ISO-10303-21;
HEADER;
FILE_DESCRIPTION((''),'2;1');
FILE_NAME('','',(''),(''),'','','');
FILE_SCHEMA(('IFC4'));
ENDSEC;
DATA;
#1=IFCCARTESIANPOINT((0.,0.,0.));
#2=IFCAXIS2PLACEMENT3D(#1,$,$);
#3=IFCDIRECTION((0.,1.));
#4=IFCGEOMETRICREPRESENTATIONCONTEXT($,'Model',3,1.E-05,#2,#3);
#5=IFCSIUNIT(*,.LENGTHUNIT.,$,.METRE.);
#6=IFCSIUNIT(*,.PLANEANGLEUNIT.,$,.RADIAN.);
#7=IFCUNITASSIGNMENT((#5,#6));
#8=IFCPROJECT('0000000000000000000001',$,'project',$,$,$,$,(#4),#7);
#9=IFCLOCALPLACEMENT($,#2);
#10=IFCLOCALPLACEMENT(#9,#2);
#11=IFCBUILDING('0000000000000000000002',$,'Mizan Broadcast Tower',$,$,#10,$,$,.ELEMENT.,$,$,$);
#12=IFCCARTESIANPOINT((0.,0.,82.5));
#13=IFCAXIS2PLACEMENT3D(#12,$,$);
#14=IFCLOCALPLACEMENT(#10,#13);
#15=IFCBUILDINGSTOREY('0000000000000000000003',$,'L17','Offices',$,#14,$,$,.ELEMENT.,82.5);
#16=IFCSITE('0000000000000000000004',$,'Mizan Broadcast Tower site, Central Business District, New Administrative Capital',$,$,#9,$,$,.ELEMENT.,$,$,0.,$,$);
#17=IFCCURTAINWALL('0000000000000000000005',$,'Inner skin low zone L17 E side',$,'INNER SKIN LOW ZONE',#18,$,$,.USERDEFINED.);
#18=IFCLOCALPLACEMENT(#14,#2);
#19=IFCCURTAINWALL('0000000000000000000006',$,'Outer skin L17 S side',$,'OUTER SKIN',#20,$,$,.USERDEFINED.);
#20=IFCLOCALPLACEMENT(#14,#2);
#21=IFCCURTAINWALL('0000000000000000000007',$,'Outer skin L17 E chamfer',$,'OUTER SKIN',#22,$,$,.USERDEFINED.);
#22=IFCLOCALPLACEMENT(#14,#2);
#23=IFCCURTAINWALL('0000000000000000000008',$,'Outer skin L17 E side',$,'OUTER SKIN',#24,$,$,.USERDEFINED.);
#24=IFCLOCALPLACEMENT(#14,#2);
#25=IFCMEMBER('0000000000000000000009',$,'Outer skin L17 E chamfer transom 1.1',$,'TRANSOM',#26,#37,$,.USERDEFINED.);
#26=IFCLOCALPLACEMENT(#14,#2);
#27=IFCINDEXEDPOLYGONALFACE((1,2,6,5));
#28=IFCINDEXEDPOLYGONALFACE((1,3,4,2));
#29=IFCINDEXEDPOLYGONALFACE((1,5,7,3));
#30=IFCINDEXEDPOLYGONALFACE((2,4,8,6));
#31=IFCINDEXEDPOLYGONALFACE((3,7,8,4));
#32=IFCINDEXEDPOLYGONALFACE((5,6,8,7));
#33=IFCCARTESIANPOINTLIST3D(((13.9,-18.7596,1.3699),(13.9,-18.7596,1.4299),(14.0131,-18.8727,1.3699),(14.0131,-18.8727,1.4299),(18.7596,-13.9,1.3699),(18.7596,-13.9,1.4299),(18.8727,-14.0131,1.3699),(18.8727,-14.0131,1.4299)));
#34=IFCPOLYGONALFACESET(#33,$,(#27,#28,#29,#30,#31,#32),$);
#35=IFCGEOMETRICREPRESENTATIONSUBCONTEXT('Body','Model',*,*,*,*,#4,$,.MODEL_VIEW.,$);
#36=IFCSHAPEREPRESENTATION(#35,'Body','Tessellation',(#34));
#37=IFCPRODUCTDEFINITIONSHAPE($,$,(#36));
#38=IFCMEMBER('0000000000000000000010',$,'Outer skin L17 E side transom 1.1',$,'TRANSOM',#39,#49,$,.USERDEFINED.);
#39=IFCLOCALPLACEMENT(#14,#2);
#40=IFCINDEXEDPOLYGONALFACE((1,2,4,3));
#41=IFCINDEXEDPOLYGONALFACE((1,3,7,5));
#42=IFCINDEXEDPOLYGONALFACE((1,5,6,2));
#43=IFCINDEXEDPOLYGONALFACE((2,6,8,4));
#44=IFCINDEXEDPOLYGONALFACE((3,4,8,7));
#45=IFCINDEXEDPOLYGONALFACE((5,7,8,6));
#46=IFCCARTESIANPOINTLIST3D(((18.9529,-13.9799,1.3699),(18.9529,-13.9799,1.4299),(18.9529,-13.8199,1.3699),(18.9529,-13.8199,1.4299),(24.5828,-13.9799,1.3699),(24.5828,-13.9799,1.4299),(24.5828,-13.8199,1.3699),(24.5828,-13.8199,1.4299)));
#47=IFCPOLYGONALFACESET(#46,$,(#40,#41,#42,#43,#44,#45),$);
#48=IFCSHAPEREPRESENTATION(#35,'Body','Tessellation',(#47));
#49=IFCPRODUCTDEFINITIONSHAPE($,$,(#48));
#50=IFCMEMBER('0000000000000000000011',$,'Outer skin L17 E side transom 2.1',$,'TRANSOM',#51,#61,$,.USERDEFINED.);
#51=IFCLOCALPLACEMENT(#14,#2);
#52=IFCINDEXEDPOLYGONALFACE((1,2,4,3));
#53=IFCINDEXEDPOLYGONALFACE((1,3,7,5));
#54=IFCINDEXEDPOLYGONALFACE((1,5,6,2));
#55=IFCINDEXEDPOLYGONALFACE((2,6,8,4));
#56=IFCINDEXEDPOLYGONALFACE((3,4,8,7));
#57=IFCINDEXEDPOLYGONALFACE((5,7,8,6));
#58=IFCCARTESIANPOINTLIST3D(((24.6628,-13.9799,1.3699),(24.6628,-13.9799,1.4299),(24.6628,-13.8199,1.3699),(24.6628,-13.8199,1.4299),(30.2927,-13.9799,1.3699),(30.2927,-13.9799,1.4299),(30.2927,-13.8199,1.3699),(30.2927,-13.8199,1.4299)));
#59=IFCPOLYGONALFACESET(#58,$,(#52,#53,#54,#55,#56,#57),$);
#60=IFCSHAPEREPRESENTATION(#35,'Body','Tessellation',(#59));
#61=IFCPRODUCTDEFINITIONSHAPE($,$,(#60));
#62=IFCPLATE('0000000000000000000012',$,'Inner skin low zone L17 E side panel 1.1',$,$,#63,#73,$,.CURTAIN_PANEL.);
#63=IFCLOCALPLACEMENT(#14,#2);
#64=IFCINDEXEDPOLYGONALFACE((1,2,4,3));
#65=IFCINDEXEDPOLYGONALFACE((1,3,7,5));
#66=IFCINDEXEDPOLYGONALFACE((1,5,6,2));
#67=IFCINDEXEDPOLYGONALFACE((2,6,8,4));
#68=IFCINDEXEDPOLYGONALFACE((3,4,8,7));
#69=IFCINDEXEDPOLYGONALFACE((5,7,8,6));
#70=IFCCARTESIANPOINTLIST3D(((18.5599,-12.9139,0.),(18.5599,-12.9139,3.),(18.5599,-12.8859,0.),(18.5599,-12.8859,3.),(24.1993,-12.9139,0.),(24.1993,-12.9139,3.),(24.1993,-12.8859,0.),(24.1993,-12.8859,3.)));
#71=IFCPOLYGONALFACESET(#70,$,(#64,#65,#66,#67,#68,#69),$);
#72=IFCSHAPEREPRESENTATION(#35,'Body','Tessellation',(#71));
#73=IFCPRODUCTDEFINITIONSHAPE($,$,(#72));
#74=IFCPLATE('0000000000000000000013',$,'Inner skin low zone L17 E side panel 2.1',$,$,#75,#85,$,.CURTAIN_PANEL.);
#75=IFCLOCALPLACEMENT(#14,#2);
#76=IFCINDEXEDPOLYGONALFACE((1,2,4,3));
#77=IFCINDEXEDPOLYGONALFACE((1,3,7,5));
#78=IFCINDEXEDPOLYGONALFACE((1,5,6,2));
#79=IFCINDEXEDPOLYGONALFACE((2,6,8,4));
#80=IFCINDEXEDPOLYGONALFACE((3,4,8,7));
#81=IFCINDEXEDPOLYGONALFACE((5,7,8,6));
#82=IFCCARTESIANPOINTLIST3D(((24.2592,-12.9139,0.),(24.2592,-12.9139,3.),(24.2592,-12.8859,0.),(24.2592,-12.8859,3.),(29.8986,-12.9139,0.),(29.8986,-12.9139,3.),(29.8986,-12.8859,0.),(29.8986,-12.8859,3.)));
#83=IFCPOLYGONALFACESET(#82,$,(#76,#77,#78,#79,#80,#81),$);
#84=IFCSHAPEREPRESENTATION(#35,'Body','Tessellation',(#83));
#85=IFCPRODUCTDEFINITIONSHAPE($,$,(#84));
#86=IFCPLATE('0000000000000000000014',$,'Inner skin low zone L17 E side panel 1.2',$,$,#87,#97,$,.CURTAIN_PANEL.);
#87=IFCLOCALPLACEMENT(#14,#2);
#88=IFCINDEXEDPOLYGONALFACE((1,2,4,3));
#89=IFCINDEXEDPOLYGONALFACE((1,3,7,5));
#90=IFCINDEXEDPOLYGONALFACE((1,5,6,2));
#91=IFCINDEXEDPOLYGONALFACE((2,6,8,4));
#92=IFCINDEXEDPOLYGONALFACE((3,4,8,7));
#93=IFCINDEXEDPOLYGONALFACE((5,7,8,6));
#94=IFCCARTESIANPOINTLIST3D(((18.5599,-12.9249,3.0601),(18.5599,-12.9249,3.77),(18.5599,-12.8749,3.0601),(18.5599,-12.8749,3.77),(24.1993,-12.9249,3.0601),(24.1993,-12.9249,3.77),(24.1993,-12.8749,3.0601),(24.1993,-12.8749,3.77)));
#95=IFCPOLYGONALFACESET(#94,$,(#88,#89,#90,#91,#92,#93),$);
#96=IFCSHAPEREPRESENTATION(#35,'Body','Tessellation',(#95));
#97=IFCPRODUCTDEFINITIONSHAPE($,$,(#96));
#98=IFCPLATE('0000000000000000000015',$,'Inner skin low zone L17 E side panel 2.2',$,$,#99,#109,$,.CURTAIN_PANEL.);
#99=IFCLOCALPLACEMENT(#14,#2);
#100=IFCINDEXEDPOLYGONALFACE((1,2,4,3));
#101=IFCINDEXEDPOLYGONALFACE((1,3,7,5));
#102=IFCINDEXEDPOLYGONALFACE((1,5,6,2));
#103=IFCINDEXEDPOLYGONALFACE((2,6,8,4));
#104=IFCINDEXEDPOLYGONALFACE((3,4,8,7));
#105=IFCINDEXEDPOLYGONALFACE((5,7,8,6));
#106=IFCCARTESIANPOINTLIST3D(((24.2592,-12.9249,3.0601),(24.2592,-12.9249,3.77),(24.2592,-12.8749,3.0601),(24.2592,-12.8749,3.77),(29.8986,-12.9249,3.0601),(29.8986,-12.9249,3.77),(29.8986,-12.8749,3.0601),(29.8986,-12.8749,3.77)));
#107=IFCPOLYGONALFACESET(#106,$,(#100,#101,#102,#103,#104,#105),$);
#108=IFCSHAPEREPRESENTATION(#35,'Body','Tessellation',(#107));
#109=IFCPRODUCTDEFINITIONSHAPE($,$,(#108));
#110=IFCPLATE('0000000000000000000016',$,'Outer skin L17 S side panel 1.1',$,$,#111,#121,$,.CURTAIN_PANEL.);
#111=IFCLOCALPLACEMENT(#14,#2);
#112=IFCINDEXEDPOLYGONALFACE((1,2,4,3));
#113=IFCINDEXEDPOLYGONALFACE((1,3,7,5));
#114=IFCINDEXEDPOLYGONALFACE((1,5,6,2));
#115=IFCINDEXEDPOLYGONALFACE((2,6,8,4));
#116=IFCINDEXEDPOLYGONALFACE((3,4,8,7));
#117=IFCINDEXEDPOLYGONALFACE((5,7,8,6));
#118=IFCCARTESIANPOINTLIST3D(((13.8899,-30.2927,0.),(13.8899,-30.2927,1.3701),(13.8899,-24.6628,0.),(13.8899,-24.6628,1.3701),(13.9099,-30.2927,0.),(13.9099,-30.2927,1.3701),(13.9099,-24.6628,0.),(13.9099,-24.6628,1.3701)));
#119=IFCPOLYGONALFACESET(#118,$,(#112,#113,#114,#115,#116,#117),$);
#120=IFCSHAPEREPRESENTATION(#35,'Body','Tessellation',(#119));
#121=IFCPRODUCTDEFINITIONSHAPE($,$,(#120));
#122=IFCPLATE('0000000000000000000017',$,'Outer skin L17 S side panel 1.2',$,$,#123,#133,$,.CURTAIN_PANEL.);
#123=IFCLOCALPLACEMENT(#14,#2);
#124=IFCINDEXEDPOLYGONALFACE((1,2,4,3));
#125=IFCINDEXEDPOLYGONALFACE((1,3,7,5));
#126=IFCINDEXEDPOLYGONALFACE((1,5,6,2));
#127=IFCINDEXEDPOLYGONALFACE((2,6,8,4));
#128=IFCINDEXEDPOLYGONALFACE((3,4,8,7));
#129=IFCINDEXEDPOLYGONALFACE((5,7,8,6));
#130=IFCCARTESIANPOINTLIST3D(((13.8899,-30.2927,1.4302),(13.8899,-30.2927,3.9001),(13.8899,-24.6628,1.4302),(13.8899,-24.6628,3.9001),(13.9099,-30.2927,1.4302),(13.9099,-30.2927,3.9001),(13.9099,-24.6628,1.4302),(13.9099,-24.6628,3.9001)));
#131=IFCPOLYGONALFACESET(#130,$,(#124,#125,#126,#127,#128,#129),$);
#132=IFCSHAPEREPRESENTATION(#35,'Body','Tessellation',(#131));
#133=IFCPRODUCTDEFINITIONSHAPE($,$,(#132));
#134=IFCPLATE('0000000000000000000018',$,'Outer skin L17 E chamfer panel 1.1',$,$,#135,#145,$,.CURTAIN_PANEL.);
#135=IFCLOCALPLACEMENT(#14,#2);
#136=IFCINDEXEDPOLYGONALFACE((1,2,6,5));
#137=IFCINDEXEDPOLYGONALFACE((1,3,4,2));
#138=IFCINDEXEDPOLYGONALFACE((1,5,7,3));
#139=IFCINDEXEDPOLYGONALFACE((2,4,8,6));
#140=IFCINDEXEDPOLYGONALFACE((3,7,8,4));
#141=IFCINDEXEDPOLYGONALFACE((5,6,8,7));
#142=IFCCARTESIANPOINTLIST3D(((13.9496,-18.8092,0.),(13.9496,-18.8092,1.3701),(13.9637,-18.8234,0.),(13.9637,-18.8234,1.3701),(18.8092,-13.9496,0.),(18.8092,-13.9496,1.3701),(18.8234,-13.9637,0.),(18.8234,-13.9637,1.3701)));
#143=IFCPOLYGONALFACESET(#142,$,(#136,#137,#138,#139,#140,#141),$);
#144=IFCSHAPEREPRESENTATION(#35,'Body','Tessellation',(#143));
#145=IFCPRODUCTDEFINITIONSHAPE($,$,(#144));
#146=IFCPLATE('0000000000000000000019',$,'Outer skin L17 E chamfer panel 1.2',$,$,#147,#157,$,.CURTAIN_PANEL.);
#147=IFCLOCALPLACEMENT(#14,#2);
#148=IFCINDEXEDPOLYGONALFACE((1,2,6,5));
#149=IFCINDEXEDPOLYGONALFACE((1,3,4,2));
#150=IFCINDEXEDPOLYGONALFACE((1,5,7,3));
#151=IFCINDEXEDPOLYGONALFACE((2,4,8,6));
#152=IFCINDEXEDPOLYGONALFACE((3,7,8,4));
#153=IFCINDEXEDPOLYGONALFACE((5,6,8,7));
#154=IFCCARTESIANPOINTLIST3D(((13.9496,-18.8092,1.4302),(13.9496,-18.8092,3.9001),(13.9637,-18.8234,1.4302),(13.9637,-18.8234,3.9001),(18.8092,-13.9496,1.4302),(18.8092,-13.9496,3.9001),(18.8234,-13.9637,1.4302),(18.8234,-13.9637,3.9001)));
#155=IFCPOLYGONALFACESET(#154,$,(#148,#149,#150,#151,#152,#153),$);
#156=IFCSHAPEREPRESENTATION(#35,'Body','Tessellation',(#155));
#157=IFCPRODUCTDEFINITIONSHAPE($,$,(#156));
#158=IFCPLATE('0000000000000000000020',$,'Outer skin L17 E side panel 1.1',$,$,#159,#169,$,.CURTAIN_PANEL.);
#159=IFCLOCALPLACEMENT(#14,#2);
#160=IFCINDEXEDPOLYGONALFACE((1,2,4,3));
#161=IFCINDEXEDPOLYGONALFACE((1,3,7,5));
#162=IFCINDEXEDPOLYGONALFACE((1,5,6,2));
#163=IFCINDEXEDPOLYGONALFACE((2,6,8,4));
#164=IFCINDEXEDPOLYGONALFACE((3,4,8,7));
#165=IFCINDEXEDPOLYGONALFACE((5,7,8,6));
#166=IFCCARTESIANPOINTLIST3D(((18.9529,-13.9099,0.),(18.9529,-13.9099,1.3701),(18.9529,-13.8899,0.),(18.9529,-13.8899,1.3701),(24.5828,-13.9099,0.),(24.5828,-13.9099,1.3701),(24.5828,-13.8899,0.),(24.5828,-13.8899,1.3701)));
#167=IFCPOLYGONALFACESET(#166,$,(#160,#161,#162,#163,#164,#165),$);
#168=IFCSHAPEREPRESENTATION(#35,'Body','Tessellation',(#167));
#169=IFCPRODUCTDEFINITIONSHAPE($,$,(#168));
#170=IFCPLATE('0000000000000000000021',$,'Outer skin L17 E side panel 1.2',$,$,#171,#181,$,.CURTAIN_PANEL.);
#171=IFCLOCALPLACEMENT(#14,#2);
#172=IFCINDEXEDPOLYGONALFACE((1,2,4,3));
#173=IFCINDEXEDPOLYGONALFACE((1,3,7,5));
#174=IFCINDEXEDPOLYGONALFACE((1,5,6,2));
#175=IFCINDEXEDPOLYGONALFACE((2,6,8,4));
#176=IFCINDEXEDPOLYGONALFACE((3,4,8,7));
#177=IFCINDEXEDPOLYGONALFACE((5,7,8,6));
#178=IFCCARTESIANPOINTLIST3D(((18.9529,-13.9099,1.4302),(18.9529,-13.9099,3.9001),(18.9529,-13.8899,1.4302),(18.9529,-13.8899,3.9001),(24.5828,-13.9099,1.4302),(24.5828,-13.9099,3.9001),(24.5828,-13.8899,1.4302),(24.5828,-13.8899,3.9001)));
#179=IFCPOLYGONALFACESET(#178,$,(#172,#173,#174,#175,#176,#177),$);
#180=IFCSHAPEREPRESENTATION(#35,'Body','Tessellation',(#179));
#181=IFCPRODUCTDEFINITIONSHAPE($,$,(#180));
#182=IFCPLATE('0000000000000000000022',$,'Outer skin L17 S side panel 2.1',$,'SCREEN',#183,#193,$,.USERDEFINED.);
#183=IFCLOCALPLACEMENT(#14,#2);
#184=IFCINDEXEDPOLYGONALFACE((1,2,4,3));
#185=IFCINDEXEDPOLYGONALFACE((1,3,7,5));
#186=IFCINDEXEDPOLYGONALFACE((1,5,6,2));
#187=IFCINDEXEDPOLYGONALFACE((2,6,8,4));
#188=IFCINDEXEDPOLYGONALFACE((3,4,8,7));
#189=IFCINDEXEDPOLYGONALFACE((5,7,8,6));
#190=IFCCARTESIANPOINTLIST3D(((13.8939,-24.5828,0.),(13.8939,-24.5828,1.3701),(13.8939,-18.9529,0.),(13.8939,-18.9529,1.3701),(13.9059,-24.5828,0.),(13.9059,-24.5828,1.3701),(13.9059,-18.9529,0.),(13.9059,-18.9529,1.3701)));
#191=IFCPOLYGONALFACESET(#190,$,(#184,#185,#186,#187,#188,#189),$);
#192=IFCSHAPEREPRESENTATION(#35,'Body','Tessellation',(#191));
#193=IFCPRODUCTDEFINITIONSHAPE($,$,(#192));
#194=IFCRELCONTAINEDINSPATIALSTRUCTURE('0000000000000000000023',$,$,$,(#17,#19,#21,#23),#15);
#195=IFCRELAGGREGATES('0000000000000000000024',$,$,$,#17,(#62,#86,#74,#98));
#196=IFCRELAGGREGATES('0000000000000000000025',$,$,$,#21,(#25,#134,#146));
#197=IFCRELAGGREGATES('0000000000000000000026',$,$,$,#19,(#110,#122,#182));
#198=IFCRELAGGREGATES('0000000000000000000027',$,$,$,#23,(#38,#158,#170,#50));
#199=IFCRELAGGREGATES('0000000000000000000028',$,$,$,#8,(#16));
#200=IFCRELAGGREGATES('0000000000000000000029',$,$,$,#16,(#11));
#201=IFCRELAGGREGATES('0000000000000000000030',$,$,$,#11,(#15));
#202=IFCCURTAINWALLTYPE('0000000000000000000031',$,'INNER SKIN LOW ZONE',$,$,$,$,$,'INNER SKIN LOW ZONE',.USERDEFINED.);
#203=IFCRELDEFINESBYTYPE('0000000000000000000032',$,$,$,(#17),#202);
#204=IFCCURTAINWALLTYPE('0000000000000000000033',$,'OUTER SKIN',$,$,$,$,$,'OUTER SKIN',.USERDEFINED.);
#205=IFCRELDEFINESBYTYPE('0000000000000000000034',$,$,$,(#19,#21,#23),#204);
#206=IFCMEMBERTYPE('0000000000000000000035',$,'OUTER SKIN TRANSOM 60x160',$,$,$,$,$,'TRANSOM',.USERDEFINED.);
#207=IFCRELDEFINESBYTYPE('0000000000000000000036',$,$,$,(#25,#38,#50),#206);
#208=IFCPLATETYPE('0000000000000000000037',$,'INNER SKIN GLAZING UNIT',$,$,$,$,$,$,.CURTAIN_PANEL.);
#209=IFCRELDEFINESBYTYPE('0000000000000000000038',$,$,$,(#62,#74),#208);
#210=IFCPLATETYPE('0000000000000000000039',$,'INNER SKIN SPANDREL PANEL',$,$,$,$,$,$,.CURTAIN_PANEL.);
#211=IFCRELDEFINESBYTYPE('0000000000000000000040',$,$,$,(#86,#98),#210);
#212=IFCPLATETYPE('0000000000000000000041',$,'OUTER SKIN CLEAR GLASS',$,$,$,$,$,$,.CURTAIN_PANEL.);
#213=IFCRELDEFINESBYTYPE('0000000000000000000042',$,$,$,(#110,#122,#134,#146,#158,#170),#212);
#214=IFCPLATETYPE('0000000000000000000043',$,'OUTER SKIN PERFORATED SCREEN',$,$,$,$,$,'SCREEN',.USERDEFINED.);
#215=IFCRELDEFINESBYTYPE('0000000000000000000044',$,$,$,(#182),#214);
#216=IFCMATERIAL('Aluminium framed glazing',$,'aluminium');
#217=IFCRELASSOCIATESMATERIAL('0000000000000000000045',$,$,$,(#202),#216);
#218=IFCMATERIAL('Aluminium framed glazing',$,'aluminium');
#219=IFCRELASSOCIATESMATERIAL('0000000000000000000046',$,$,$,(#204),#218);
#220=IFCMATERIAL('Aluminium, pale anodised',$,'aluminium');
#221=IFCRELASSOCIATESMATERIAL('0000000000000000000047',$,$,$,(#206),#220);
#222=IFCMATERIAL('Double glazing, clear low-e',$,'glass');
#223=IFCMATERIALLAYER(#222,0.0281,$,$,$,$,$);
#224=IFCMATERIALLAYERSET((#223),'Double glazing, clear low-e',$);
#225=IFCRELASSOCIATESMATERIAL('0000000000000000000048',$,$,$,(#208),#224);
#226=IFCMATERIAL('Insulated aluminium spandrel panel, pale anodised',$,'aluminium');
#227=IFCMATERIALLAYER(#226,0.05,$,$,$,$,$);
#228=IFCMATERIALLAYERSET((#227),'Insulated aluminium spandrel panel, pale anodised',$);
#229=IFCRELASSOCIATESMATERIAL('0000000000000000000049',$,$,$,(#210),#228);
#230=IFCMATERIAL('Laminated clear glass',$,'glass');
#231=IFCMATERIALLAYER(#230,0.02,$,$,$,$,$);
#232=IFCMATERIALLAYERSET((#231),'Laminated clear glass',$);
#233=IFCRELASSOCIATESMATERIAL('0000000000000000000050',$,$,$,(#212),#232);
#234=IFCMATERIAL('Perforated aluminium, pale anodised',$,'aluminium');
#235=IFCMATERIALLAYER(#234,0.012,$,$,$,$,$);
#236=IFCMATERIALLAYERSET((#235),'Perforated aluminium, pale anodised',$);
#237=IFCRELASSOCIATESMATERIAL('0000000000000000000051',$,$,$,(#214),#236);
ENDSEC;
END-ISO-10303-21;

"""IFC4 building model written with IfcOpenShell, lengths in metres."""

from ifc_helpers import new_model, si_unit, direction, frame, origin, origin_2d, place, context, subcontext, project, spatial, rectangle, extrude, material, layer, layer_set, material_profile, profile_set, type_object, element, aggregate, save


model = new_model("IFC4")

# Units and contexts
model_context = context("Model", 3, precision=1e-05, world=origin(), true_north=direction((0.0, 1.0)))
body_context = subcontext(model_context, "Body", "Model", "MODEL_VIEW")
ifc_project = project(units=[si_unit("LENGTHUNIT", "METRE"), si_unit("PLANEANGLEUNIT", "RADIAN")], contexts=[model_context])

# Site, building, storey
site_placement = place(None, origin())
site = spatial("IfcSite", under=ifc_project, at=site_placement, Name="Mizan Broadcast Tower site, Central Business District, New Administrative Capital", CompositionType="ELEMENT", RefElevation=0.0)
building_placement = place(site_placement, origin())
building = spatial("IfcBuilding", under=site, at=building_placement, Name="Mizan Broadcast Tower", CompositionType="ELEMENT")
storey_placement = place(building_placement, frame((0.0, 0.0, 82.5)))
storey = spatial("IfcBuildingStorey", under=building, at=storey_placement, Name="L17", Description="Offices", CompositionType="ELEMENT", Elevation=82.5)

# Curtain wall
ifc_material_1 = material(Name="Aluminium framed glazing", Category="aluminium")
curtain_wall_type_1 = type_object("IfcCurtainWallType", Name="INNER SKIN LOW ZONE", ElementType="INNER SKIN LOW ZONE", PredefinedType="USERDEFINED", material=ifc_material_1)
curtain_wall_1_placement = place(storey_placement, origin())
curtain_wall_1 = element("IfcCurtainWall", 1, at=curtain_wall_1_placement, inside=storey, type_object=curtain_wall_type_1, Name="Inner skin low zone L17 E side", ObjectType="INNER SKIN LOW ZONE", PredefinedType="USERDEFINED")

# Shared definitions
ifc_material_2 = material(Name="Aluminium framed glazing", Category="aluminium")
curtain_wall_type_2 = type_object("IfcCurtainWallType", Name="OUTER SKIN", ElementType="OUTER SKIN", PredefinedType="USERDEFINED", material=ifc_material_2)

# Curtain wall
curtain_wall_2_placement = place(storey_placement, origin())
curtain_wall_2 = element("IfcCurtainWall", 2, at=curtain_wall_2_placement, inside=storey, type_object=curtain_wall_type_2, Name="Outer skin L17 S side", ObjectType="OUTER SKIN", PredefinedType="USERDEFINED")

# Curtain wall
curtain_wall_3_placement = place(storey_placement, origin())
curtain_wall_3 = element("IfcCurtainWall", 3, at=curtain_wall_3_placement, inside=storey, type_object=curtain_wall_type_2, Name="Outer skin L17 E chamfer", ObjectType="OUTER SKIN", PredefinedType="USERDEFINED")

# Curtain wall
curtain_wall_4_placement = place(storey_placement, origin())
curtain_wall_4 = element("IfcCurtainWall", 4, at=curtain_wall_4_placement, inside=storey, type_object=curtain_wall_type_2, Name="Outer skin L17 E side", ObjectType="OUTER SKIN", PredefinedType="USERDEFINED")

# Shared definitions
ifc_material_3 = material(Name="Aluminium, pale anodised", Category="aluminium")
ifc_material_profile_1 = material_profile(ifc_material_3, rectangle(XDim=0.1599, YDim=0.0601, at=origin_2d()), Name="TRANSOM 160x60")
ifc_profile_set_1 = profile_set([ifc_material_profile_1], Name="Aluminium, pale anodised")
member_type_1 = type_object("IfcMemberType", Name="OUTER SKIN TRANSOM 60x160", ElementType="TRANSOM", PredefinedType="USERDEFINED", material=ifc_profile_set_1)

# Members
member_1_placement = place(storey_placement, frame((13.9565, -18.8162, 1.3999), z_axis=(0.707107, 0.707107, 0.0), x_axis=(-0.707107, 0.707107, 0.0)))
member_1 = element("IfcMember", 5, at=member_1_placement, type_object=member_type_1, Name="Outer skin L17 E chamfer transom 1.1", ObjectType="TRANSOM", PredefinedType="USERDEFINED", context=body_context, shape_type="SweptSolid", body=[
    extrude(rectangle(XDim=0.1599, YDim=0.0601, at=origin_2d()), origin(), (0.0, 0.0, 1.0), 6.8726),
])
member_2_placement = place(storey_placement, frame((18.9529, -13.8999, 1.3999), z_axis=(1.0, 0.0, 0.0), x_axis=(0.0, 1.0, 0.0)))
member_2 = element("IfcMember", 6, at=member_2_placement, type_object=member_type_1, Name="Outer skin L17 E side transom 1.1", ObjectType="TRANSOM", PredefinedType="USERDEFINED", context=body_context, shape_type="SweptSolid", body=[
    extrude(rectangle(XDim=0.1599, YDim=0.0601, at=origin_2d()), origin(), (0.0, 0.0, 1.0), 5.6299),
])
member_3_placement = place(storey_placement, frame((24.6628, -13.8999, 1.3999), z_axis=(1.0, 0.0, 0.0), x_axis=(0.0, 1.0, 0.0)))
member_3 = element("IfcMember", 7, at=member_3_placement, type_object=member_type_1, Name="Outer skin L17 E side transom 2.1", ObjectType="TRANSOM", PredefinedType="USERDEFINED", context=body_context, shape_type="SweptSolid", body=[
    extrude(rectangle(XDim=0.1599, YDim=0.0601, at=origin_2d()), origin(), (0.0, 0.0, 1.0), 5.6299),
])

# Plates
ifc_material_4 = material(Name="Double glazing, clear low-e", Category="glass")
ifc_layer_1 = layer(ifc_material_4, 0.0281)
ifc_layer_set_1 = layer_set([ifc_layer_1], Name="Double glazing, clear low-e")
plate_type_1 = type_object("IfcPlateType", Name="INNER SKIN GLAZING UNIT", PredefinedType="CURTAIN_PANEL", material=ifc_layer_set_1)
plate_1_placement = place(storey_placement, frame((21.3796, -12.8999, 0.0), z_axis=(0.0, 0.0, 1.0), x_axis=(1.0, 0.0, 0.0)))
plate_1 = element("IfcPlate", 8, at=plate_1_placement, type_object=plate_type_1, Name="Inner skin low zone L17 E side panel 1.1", PredefinedType="CURTAIN_PANEL", context=body_context, shape_type="SweptSolid", body=[
    extrude(rectangle(XDim=5.6394, YDim=0.0281, at=origin_2d()), origin(), (0.0, 0.0, 1.0), 3.0),
])
plate_2_placement = place(storey_placement, frame((27.0789, -12.8999, 0.0), z_axis=(0.0, 0.0, 1.0), x_axis=(1.0, 0.0, 0.0)))
plate_2 = element("IfcPlate", 9, at=plate_2_placement, type_object=plate_type_1, Name="Inner skin low zone L17 E side panel 2.1", PredefinedType="CURTAIN_PANEL", context=body_context, shape_type="SweptSolid", body=[
    extrude(rectangle(XDim=5.6394, YDim=0.0281, at=origin_2d()), origin(), (0.0, 0.0, 1.0), 3.0),
])
ifc_material_5 = material(Name="Insulated aluminium spandrel panel, pale anodised", Category="aluminium")
ifc_layer_2 = layer(ifc_material_5, 0.05)
ifc_layer_set_2 = layer_set([ifc_layer_2], Name="Insulated aluminium spandrel panel, pale anodised")
plate_type_2 = type_object("IfcPlateType", Name="INNER SKIN SPANDREL PANEL", PredefinedType="CURTAIN_PANEL", material=ifc_layer_set_2)
plate_3_placement = place(storey_placement, frame((21.3796, -12.8999, 3.0601), z_axis=(0.0, 0.0, 1.0), x_axis=(1.0, 0.0, 0.0)))
plate_3 = element("IfcPlate", 10, at=plate_3_placement, type_object=plate_type_2, Name="Inner skin low zone L17 E side panel 1.2", PredefinedType="CURTAIN_PANEL", context=body_context, shape_type="SweptSolid", body=[
    extrude(rectangle(XDim=5.6394, YDim=0.05, at=origin_2d()), origin(), (0.0, 0.0, 1.0), 0.71),
])
plate_4_placement = place(storey_placement, frame((27.0789, -12.8999, 3.0601), z_axis=(0.0, 0.0, 1.0), x_axis=(1.0, 0.0, 0.0)))
plate_4 = element("IfcPlate", 11, at=plate_4_placement, type_object=plate_type_2, Name="Inner skin low zone L17 E side panel 2.2", PredefinedType="CURTAIN_PANEL", context=body_context, shape_type="SweptSolid", body=[
    extrude(rectangle(XDim=5.6394, YDim=0.05, at=origin_2d()), origin(), (0.0, 0.0, 1.0), 0.71),
])
aggregate(curtain_wall_1, [plate_1, plate_3, plate_2, plate_4])
ifc_material_6 = material(Name="Laminated clear glass", Category="glass")
ifc_layer_3 = layer(ifc_material_6, 0.02)
ifc_layer_set_3 = layer_set([ifc_layer_3], Name="Laminated clear glass")
plate_type_3 = type_object("IfcPlateType", Name="OUTER SKIN CLEAR GLASS", PredefinedType="CURTAIN_PANEL", material=ifc_layer_set_3)
plate_5_placement = place(storey_placement, frame((13.8999, -27.4778, 0.0), z_axis=(0.0, 0.0, 1.0), x_axis=(0.0, 1.0, 0.0)))
plate_5 = element("IfcPlate", 12, at=plate_5_placement, type_object=plate_type_3, Name="Outer skin L17 S side panel 1.1", PredefinedType="CURTAIN_PANEL", context=body_context, shape_type="SweptSolid", body=[
    extrude(rectangle(XDim=5.6299, YDim=0.02, at=origin_2d()), origin(), (0.0, 0.0, 1.0), 1.3701),
])
plate_6_placement = place(storey_placement, frame((13.8999, -27.4778, 1.4302), z_axis=(0.0, 0.0, 1.0), x_axis=(0.0, 1.0, 0.0)))
plate_6 = element("IfcPlate", 13, at=plate_6_placement, type_object=plate_type_3, Name="Outer skin L17 S side panel 1.2", PredefinedType="CURTAIN_PANEL", context=body_context, shape_type="SweptSolid", body=[
    extrude(rectangle(XDim=5.6299, YDim=0.02, at=origin_2d()), origin(), (0.0, 0.0, 1.0), 2.47),
])
plate_7_placement = place(storey_placement, frame((16.3865, -16.3865, 0.0), z_axis=(0.0, 0.0, 1.0), x_axis=(0.707107, 0.707107, 0.0)))
plate_7 = element("IfcPlate", 14, at=plate_7_placement, type_object=plate_type_3, Name="Outer skin L17 E chamfer panel 1.1", PredefinedType="CURTAIN_PANEL", context=body_context, shape_type="SweptSolid", body=[
    extrude(rectangle(XDim=6.8726, YDim=0.02, at=origin_2d()), origin(), (0.0, 0.0, 1.0), 1.3701),
])
plate_8_placement = place(storey_placement, frame((16.3865, -16.3865, 1.4302), z_axis=(0.0, 0.0, 1.0), x_axis=(0.707107, 0.707107, 0.0)))
plate_8 = element("IfcPlate", 15, at=plate_8_placement, type_object=plate_type_3, Name="Outer skin L17 E chamfer panel 1.2", PredefinedType="CURTAIN_PANEL", context=body_context, shape_type="SweptSolid", body=[
    extrude(rectangle(XDim=6.8726, YDim=0.02, at=origin_2d()), origin(), (0.0, 0.0, 1.0), 2.47),
])
aggregate(curtain_wall_3, [member_1, plate_7, plate_8])
plate_9_placement = place(storey_placement, frame((21.7678, -13.8999, 0.0), z_axis=(0.0, 0.0, 1.0), x_axis=(1.0, 0.0, 0.0)))
plate_9 = element("IfcPlate", 16, at=plate_9_placement, type_object=plate_type_3, Name="Outer skin L17 E side panel 1.1", PredefinedType="CURTAIN_PANEL", context=body_context, shape_type="SweptSolid", body=[
    extrude(rectangle(XDim=5.6299, YDim=0.02, at=origin_2d()), origin(), (0.0, 0.0, 1.0), 1.3701),
])
plate_10_placement = place(storey_placement, frame((21.7678, -13.8999, 1.4302), z_axis=(0.0, 0.0, 1.0), x_axis=(1.0, 0.0, 0.0)))
plate_10 = element("IfcPlate", 17, at=plate_10_placement, type_object=plate_type_3, Name="Outer skin L17 E side panel 1.2", PredefinedType="CURTAIN_PANEL", context=body_context, shape_type="SweptSolid", body=[
    extrude(rectangle(XDim=5.6299, YDim=0.02, at=origin_2d()), origin(), (0.0, 0.0, 1.0), 2.47),
])
ifc_material_7 = material(Name="Perforated aluminium, pale anodised", Category="aluminium")
ifc_layer_4 = layer(ifc_material_7, 0.012)
ifc_layer_set_4 = layer_set([ifc_layer_4], Name="Perforated aluminium, pale anodised")
plate_type_4 = type_object("IfcPlateType", Name="OUTER SKIN PERFORATED SCREEN", ElementType="SCREEN", PredefinedType="USERDEFINED", material=ifc_layer_set_4)
plate_11_placement = place(storey_placement, frame((13.8999, -21.7678, 0.0), z_axis=(0.0, 0.0, 1.0), x_axis=(0.0, 1.0, 0.0)))
plate_11 = element("IfcPlate", 18, at=plate_11_placement, type_object=plate_type_4, Name="Outer skin L17 S side panel 2.1", ObjectType="SCREEN", PredefinedType="USERDEFINED", context=body_context, shape_type="SweptSolid", body=[
    extrude(rectangle(XDim=5.6299, YDim=0.012, at=origin_2d()), origin(), (0.0, 0.0, 1.0), 1.3701),
])
aggregate(curtain_wall_2, [plate_5, plate_6, plate_11])
aggregate(curtain_wall_4, [member_2, plate_9, plate_10, member_3])

save(model, "model.ifc")
